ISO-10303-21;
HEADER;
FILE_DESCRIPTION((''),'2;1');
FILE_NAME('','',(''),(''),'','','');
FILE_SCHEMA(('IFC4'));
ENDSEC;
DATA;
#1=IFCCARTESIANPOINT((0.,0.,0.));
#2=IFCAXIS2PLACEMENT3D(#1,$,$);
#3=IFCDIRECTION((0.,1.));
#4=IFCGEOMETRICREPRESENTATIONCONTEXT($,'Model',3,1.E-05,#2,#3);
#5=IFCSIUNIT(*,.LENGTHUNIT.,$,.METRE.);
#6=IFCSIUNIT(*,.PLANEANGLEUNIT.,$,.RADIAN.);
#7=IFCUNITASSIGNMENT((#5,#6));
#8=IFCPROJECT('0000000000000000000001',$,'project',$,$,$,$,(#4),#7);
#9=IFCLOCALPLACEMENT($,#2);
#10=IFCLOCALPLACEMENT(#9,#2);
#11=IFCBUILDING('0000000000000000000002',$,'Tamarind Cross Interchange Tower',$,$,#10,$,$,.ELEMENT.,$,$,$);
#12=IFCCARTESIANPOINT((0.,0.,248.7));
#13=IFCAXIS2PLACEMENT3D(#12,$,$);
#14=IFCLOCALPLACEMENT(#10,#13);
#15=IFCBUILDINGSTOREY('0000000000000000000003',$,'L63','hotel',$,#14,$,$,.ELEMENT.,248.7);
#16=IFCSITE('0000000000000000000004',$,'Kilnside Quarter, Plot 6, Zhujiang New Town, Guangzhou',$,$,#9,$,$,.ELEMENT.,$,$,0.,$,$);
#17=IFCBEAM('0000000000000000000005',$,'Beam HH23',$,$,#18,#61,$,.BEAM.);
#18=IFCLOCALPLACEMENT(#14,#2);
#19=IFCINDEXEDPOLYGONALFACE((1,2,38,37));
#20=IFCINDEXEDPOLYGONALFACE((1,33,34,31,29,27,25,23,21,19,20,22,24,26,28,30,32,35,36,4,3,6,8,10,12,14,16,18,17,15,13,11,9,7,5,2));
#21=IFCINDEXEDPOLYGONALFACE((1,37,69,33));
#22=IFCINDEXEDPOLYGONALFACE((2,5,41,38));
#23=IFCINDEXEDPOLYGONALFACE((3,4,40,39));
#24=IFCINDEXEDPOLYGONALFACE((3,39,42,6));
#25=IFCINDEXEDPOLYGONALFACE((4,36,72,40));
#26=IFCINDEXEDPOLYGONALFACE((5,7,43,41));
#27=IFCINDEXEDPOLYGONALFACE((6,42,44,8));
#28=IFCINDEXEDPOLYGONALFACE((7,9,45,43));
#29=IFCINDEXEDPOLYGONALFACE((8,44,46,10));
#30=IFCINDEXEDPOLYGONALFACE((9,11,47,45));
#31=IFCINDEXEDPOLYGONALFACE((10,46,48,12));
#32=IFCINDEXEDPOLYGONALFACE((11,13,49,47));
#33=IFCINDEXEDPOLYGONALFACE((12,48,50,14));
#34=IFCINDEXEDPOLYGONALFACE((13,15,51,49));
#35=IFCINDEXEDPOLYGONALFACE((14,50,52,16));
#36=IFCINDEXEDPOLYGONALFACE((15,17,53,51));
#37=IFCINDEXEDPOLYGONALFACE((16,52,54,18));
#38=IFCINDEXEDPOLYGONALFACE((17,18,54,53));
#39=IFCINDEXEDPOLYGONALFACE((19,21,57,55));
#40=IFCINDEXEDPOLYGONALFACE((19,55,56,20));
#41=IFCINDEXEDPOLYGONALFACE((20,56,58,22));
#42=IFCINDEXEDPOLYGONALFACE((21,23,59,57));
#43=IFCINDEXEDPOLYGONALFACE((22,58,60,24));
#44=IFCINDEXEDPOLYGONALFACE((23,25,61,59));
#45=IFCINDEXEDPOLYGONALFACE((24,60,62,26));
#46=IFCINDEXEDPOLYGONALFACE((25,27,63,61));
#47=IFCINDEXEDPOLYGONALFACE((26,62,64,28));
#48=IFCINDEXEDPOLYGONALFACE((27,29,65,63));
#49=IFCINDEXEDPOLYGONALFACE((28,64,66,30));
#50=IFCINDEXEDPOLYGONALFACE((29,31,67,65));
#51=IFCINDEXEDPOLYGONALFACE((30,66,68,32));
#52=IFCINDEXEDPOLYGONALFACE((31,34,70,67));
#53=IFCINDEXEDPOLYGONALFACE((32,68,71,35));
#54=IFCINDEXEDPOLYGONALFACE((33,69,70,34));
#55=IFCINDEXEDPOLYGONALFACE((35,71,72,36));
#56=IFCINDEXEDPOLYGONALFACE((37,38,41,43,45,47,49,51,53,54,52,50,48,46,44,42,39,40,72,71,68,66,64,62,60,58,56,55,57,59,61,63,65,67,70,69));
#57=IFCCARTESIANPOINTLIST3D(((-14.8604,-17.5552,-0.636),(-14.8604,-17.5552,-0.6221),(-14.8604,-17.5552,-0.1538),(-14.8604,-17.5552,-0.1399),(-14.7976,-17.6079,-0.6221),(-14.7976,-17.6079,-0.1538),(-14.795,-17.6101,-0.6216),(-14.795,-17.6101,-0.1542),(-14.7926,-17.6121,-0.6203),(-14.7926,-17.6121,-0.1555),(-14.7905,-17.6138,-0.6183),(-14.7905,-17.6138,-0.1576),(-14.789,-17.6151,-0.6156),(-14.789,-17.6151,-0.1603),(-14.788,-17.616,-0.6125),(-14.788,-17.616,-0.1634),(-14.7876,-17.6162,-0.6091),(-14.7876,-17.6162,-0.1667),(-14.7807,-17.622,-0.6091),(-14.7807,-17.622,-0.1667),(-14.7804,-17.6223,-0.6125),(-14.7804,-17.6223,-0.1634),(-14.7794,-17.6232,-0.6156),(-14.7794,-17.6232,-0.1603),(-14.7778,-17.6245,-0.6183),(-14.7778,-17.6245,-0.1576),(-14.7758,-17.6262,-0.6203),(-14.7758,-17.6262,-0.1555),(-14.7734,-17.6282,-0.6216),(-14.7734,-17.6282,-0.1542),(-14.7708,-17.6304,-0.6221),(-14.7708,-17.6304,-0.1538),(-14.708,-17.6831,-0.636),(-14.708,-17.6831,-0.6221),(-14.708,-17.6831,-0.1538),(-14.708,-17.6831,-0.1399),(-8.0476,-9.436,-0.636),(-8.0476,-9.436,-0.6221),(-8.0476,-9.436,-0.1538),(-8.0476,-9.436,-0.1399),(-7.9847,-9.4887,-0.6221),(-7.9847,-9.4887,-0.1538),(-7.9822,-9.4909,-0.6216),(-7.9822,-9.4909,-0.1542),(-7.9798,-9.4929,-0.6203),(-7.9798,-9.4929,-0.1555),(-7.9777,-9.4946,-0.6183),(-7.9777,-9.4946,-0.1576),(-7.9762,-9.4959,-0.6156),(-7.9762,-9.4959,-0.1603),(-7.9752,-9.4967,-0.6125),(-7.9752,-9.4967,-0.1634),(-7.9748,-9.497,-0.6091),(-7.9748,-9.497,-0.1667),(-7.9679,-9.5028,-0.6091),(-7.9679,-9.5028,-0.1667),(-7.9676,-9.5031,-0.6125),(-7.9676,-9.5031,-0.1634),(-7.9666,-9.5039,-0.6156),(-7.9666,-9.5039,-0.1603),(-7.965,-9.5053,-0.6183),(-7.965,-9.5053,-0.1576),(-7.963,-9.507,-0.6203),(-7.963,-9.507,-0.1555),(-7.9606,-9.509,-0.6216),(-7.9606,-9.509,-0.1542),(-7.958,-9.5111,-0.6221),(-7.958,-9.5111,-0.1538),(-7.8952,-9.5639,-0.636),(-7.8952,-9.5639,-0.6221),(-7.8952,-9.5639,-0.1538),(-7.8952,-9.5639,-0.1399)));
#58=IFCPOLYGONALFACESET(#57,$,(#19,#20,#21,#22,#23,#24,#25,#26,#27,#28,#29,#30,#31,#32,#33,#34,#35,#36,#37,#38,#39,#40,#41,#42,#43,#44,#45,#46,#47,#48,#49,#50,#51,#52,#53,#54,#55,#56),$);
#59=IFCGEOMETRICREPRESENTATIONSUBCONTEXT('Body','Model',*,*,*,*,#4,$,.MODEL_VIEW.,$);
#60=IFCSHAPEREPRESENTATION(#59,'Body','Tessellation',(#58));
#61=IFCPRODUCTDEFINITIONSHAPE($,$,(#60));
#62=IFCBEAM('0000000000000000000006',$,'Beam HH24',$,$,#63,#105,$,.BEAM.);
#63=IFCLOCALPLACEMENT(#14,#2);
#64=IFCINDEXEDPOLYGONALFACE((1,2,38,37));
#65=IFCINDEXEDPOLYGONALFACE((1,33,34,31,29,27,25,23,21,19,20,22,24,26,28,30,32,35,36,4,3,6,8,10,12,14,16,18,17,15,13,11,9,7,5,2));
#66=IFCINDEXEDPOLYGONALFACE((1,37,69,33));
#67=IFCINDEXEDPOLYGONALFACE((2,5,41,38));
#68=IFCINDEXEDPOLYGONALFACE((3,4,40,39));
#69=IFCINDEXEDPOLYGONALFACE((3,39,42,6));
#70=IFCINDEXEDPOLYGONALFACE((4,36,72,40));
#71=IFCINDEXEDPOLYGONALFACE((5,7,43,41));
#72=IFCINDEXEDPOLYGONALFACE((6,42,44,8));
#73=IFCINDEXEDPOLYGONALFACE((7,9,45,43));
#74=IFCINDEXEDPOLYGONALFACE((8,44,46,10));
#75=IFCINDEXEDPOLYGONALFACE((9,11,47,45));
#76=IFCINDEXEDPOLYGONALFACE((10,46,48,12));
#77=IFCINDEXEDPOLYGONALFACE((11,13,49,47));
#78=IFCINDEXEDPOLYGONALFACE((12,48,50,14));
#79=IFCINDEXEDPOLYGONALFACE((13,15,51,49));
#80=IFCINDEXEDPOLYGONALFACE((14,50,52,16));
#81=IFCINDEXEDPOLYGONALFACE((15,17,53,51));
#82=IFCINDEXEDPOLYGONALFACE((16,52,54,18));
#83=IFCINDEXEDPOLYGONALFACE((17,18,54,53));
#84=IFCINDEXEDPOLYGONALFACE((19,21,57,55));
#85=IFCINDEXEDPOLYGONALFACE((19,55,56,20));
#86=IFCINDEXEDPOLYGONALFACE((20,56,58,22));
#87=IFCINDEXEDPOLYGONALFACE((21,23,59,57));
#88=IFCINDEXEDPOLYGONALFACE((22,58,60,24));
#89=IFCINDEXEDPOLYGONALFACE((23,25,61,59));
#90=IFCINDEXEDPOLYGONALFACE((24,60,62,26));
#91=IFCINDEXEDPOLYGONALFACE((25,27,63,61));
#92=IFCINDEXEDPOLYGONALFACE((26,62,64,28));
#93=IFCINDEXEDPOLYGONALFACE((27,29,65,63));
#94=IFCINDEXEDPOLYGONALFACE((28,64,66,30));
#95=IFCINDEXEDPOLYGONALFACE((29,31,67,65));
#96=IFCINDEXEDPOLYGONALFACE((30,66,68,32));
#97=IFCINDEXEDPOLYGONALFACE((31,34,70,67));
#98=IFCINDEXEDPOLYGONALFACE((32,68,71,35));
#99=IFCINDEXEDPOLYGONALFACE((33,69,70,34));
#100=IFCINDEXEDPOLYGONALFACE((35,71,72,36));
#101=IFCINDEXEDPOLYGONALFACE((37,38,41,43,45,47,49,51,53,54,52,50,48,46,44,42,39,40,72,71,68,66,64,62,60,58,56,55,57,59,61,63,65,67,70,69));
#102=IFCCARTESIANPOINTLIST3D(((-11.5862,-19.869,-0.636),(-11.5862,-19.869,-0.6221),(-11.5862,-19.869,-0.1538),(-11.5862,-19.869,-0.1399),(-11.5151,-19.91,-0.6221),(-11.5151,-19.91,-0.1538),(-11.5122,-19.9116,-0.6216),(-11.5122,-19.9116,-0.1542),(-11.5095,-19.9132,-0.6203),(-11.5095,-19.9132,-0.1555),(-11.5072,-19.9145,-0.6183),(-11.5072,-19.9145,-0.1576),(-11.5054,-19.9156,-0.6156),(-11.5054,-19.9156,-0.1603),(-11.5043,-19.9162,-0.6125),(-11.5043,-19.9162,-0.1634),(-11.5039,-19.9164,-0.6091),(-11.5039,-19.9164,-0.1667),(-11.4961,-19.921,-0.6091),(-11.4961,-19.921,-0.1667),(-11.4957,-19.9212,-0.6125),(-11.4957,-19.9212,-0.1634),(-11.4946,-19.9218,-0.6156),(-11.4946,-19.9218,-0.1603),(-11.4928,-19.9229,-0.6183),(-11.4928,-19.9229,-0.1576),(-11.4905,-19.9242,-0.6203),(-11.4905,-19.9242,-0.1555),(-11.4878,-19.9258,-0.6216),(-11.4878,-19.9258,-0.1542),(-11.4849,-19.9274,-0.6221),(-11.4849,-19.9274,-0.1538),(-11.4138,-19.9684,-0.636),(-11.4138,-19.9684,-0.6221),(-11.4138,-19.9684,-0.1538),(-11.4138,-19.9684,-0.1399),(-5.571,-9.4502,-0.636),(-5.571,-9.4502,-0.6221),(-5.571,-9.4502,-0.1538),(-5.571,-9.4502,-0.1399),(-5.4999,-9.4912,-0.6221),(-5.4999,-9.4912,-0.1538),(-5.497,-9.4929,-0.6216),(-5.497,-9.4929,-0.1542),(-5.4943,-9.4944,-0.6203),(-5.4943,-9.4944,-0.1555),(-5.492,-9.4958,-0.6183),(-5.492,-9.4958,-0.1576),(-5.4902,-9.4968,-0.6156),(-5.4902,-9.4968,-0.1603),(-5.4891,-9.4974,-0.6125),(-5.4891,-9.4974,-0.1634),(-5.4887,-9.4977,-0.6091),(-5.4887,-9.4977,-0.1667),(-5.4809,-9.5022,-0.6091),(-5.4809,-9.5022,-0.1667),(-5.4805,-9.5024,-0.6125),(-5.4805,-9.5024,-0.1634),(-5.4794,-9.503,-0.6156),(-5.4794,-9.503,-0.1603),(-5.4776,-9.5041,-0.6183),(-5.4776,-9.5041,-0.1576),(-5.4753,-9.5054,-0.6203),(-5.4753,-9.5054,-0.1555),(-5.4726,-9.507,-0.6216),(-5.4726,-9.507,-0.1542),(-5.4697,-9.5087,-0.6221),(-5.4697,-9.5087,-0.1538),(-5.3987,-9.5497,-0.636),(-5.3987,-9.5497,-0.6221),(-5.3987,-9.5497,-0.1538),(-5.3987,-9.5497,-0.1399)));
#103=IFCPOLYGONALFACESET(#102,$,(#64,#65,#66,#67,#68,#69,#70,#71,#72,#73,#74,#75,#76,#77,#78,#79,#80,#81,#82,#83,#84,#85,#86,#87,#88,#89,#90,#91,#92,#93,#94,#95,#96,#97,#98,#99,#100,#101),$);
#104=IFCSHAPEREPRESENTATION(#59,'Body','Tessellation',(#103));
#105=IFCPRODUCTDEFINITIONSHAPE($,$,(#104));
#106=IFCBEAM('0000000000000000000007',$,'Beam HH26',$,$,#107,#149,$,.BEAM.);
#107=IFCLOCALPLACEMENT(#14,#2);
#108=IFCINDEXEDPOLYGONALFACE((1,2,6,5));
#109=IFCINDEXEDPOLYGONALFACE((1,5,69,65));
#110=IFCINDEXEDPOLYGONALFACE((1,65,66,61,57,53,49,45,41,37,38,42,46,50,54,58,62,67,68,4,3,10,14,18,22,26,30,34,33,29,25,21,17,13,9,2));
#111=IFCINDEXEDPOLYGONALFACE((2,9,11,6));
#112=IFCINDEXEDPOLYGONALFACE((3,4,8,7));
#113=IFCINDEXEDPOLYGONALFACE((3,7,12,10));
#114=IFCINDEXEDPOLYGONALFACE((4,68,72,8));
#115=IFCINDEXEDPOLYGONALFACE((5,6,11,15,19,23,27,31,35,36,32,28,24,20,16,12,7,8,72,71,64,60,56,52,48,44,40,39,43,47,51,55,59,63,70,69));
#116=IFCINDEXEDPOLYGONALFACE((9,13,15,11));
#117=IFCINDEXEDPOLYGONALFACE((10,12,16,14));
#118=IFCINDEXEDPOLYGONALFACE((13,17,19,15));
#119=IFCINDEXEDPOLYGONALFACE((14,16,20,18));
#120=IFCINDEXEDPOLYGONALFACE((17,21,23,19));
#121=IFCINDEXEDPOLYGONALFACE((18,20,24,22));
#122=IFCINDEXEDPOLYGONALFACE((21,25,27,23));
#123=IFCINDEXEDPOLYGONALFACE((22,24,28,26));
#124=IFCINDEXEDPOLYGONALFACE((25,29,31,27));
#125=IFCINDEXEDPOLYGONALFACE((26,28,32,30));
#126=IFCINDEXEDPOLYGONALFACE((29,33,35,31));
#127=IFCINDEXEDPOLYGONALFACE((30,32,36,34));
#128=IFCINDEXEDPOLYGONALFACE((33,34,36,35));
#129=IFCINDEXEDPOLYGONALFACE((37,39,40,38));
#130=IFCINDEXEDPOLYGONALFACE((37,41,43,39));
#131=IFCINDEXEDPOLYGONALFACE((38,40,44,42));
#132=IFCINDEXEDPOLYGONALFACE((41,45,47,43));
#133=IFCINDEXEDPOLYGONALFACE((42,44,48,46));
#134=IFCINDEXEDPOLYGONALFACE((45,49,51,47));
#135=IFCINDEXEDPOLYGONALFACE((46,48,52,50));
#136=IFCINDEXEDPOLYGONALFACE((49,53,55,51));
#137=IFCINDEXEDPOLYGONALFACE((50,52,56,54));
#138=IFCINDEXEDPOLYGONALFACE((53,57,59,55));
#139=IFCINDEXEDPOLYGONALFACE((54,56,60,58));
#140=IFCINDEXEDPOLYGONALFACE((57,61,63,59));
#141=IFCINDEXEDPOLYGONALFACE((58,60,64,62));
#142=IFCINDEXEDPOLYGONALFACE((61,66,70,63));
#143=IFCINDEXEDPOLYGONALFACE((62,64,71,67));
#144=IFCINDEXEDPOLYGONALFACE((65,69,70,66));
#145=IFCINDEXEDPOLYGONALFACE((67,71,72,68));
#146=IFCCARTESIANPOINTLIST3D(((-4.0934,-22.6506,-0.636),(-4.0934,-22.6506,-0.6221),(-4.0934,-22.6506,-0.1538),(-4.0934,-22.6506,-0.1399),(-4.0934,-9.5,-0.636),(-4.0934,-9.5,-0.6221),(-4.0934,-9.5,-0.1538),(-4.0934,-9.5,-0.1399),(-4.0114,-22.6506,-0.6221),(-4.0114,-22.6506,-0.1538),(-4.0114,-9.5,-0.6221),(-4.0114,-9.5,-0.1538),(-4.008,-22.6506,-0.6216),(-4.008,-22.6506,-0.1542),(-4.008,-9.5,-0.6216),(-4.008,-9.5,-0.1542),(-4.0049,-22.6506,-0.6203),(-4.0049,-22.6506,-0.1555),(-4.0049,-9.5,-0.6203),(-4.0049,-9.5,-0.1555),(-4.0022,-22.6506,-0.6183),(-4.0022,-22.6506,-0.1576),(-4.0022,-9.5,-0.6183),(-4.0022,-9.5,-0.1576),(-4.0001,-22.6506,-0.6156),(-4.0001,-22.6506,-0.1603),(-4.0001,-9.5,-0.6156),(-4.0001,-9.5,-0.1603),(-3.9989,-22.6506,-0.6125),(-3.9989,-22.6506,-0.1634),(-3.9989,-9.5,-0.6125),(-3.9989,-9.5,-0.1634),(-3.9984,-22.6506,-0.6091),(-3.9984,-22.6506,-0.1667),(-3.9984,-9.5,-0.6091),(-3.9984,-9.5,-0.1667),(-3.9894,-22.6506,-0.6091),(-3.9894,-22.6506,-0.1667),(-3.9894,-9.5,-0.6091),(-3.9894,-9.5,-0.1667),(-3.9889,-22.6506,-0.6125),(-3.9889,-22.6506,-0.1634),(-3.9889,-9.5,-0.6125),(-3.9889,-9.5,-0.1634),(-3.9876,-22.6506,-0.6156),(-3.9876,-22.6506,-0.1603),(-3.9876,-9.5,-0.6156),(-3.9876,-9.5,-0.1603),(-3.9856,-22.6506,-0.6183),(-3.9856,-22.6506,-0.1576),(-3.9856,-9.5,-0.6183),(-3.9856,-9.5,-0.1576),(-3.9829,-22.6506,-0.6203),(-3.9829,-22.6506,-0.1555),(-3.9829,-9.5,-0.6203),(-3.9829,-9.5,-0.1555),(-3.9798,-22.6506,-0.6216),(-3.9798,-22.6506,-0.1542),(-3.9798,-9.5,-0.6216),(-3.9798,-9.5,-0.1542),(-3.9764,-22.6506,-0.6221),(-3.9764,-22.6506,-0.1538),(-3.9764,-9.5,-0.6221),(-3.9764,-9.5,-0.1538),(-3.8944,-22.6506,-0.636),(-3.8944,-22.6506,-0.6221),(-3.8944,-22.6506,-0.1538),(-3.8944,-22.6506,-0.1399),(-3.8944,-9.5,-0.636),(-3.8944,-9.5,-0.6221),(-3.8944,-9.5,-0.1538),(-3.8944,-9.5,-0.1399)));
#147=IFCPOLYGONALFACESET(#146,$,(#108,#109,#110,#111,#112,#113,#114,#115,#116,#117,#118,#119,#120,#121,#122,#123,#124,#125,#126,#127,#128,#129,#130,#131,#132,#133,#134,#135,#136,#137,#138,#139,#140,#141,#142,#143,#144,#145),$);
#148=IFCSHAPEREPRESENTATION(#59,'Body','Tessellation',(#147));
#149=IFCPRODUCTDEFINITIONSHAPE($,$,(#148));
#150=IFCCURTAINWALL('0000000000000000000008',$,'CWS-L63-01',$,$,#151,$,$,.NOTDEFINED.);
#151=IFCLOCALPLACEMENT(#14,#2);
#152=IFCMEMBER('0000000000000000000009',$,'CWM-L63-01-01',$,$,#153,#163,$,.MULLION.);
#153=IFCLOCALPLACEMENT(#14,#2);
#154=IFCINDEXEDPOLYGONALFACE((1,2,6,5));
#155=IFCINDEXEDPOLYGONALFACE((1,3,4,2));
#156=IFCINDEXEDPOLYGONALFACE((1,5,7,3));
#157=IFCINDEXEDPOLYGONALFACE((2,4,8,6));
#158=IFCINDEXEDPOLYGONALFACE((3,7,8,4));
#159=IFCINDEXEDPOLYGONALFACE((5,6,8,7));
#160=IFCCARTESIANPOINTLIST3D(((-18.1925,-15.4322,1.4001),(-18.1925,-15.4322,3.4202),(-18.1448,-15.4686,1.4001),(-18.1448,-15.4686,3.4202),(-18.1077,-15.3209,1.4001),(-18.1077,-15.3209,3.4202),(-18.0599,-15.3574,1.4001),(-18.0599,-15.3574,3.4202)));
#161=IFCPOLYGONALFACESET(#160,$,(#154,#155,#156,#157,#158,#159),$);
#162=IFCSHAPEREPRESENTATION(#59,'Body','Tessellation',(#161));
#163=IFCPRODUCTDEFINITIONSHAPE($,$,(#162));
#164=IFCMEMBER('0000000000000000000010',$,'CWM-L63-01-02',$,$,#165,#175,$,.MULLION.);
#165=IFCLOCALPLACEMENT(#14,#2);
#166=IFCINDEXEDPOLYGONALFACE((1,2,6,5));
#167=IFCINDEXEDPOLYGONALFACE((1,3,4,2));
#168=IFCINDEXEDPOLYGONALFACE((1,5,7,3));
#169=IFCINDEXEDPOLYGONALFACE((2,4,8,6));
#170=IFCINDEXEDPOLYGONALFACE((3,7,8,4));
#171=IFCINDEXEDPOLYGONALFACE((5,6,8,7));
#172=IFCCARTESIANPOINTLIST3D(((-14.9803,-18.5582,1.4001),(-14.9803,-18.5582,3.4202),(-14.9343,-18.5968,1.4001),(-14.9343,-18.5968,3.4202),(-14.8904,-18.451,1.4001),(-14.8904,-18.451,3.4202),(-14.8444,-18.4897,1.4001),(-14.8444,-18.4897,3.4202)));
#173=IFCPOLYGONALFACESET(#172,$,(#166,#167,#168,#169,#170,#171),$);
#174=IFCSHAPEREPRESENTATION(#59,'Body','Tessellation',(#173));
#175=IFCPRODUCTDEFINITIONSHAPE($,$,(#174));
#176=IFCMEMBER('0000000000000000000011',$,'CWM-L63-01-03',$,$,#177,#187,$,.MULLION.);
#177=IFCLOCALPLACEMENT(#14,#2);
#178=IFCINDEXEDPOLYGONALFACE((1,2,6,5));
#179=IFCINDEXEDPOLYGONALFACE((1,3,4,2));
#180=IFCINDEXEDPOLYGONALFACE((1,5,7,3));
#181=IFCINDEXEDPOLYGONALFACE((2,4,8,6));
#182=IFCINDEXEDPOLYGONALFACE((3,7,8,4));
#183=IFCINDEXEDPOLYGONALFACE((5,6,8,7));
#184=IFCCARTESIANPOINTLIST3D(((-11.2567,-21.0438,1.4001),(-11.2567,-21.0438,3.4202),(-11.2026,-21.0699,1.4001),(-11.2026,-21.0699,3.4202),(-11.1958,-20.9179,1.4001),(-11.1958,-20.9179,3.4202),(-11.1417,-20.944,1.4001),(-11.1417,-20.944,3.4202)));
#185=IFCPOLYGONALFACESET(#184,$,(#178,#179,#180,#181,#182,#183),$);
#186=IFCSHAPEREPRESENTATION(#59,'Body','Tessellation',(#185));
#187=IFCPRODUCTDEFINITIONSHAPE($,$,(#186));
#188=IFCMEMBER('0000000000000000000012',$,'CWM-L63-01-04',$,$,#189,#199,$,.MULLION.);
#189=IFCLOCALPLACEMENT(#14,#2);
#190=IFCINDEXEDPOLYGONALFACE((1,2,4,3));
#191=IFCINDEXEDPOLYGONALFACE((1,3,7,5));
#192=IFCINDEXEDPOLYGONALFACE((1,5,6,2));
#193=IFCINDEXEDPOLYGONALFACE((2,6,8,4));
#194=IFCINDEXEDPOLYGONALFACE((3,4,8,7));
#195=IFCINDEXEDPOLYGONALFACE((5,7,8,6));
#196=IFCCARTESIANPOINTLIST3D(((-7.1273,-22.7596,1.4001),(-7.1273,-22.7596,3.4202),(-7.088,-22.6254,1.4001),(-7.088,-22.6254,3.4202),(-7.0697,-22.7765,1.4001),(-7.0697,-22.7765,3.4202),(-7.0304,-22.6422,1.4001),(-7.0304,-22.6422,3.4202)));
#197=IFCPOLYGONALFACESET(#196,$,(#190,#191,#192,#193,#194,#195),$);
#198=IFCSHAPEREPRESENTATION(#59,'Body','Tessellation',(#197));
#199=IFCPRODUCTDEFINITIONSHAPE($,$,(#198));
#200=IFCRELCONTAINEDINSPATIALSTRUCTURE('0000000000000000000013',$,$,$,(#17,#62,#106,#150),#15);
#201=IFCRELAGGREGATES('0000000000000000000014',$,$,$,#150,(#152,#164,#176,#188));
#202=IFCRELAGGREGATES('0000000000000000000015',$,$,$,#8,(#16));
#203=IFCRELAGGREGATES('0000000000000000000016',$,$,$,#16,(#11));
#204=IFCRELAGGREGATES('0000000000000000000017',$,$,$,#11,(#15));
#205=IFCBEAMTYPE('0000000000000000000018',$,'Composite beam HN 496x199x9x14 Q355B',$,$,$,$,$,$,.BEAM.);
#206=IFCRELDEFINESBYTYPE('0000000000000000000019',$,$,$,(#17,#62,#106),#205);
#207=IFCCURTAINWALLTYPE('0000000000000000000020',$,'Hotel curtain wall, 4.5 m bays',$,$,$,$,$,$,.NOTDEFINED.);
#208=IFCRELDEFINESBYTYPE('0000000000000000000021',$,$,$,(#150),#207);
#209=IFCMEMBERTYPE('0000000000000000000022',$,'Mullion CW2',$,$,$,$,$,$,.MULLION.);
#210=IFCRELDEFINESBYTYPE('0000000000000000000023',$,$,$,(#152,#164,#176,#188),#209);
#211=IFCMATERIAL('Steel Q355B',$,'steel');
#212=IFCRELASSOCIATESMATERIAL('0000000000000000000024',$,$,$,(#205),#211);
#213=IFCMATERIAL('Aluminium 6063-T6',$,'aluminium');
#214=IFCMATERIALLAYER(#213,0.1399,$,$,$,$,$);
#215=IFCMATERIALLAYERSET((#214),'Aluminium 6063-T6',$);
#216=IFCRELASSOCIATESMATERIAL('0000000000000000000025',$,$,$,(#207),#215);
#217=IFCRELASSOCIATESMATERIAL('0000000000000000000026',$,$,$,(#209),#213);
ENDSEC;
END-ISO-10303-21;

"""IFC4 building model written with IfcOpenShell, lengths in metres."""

from ifc_helpers import new_model, si_unit, direction, frame, origin, origin_2d, place, context, subcontext, project, spatial, rectangle, i_section, extrude, material, layer, layer_set, material_profile, profile_set, type_object, element, aggregate, save


model = new_model("IFC4")

# Units and contexts
model_context = context("Model", 3, precision=1e-05, world=origin(), true_north=direction((0.0, 1.0)))
body_context = subcontext(model_context, "Body", "Model", "MODEL_VIEW")
ifc_project = project(units=[si_unit("LENGTHUNIT", "METRE"), si_unit("PLANEANGLEUNIT", "RADIAN")], contexts=[model_context])

# Site, building, storey
site_placement = place(None, origin())
site = spatial("IfcSite", under=ifc_project, at=site_placement, Name="Kilnside Quarter, Plot 6, Zhujiang New Town, Guangzhou", CompositionType="ELEMENT", RefElevation=0.0)
building_placement = place(site_placement, origin())
building = spatial("IfcBuilding", under=site, at=building_placement, Name="Tamarind Cross Interchange Tower", CompositionType="ELEMENT")
storey_placement = place(building_placement, frame((0.0, 0.0, 248.7)))
storey = spatial("IfcBuildingStorey", under=building, at=storey_placement, Name="L63", Description="hotel", CompositionType="ELEMENT", Elevation=248.7)

# Beams
ifc_material_1 = material(Name="Steel Q355B", Category="steel")
ifc_material_profile_1 = material_profile(ifc_material_1, i_section(OverallWidth=0.199, OverallDepth=0.4961, WebThickness=0.009, FlangeThickness=0.0139, FilletRadius=0.0129, at=origin_2d()), Name="HN 496x199x9x14")
ifc_profile_set_1 = profile_set([ifc_material_profile_1], Name="Steel Q355B")
beam_type = type_object("IfcBeamType", Name="Composite beam HN 496x199x9x14 Q355B", PredefinedType="BEAM", material=ifc_profile_set_1)
beam_1_placement = place(storey_placement, frame((-14.7842, -17.6191, -0.3879), z_axis=(0.642786, 0.766046, 0.0), x_axis=(-0.766046, 0.642786, 0.0)))
element("IfcBeam", 1, at=beam_1_placement, inside=storey, type_object=beam_type, Name="Beam HH23", PredefinedType="BEAM", context=body_context, shape_type="SweptSolid", body=[
    extrude(i_section(OverallWidth=0.199, OverallDepth=0.4961, WebThickness=0.009, FlangeThickness=0.0139, FilletRadius=0.0129, at=origin_2d()), origin(), (0.0, 0.0, 1.0), 10.5989),
])
beam_2_placement = place(storey_placement, frame((-11.5, -19.9187, -0.3879), z_axis=(0.499994, 0.866029, 0.0), x_axis=(-0.866029, 0.499994, 0.0)))
element("IfcBeam", 2, at=beam_2_placement, inside=storey, type_object=beam_type, Name="Beam HH24", PredefinedType="BEAM", context=body_context, shape_type="SweptSolid", body=[
    extrude(i_section(OverallWidth=0.199, OverallDepth=0.4961, WebThickness=0.009, FlangeThickness=0.0139, FilletRadius=0.0129, at=origin_2d()), origin(), (0.0, 0.0, 1.0), 12.0305),
])
beam_3_placement = place(storey_placement, frame((-3.9939, -22.6506, -0.3879), z_axis=(0.0, 1.0, 0.0), x_axis=(-1.0, 0.0, 0.0)))
element("IfcBeam", 3, at=beam_3_placement, inside=storey, type_object=beam_type, Name="Beam HH26", PredefinedType="BEAM", context=body_context, shape_type="SweptSolid", body=[
    extrude(i_section(OverallWidth=0.199, OverallDepth=0.4961, WebThickness=0.009, FlangeThickness=0.0139, FilletRadius=0.0129, at=origin_2d()), origin(), (0.0, 0.0, 1.0), 13.1506),
])

# Curtain wall, members
ifc_material_2 = material(Name="Aluminium 6063-T6", Category="aluminium")
ifc_layer_1 = layer(ifc_material_2, 0.1399)
ifc_layer_set_1 = layer_set([ifc_layer_1], Name="Aluminium 6063-T6")
curtain_wall_type = type_object("IfcCurtainWallType", Name="Hotel curtain wall, 4.5 m bays", PredefinedType="NOTDEFINED", material=ifc_layer_set_1)
curtain_wall_placement = place(storey_placement, origin())
curtain_wall = element("IfcCurtainWall", 4, at=curtain_wall_placement, inside=storey, type_object=curtain_wall_type, Name="CWS-L63-01", PredefinedType="NOTDEFINED")
ifc_material_profile_2 = material_profile(ifc_material_2, rectangle(XDim=0.0601, YDim=0.1399, at=origin_2d()), Name="Mullion CW2")
ifc_profile_set_2 = profile_set([ifc_material_profile_2], Name="Aluminium 6063-T6")
member_type = type_object("IfcMemberType", Name="Mullion CW2", PredefinedType="MULLION", material=ifc_profile_set_2)
member_1_placement = place(storey_placement, frame((-18.1262, -15.3948, 1.4001), z_axis=(0.0, 0.0, 1.0), x_axis=(0.795219, -0.606322, 0.0)))
member_1 = element("IfcMember", 5, at=member_1_placement, type_object=member_type, Name="CWM-L63-01-01", PredefinedType="MULLION", context=body_context, shape_type="SweptSolid", body=[
    extrude(rectangle(XDim=0.0601, YDim=0.1399, at=origin_2d()), origin(), (0.0, 0.0, 1.0), 2.02),
])
member_2_placement = place(storey_placement, frame((-14.9124, -18.5239, 1.4001), z_axis=(0.0, 0.0, 1.0), x_axis=(0.765858, -0.643009, 0.0)))
member_2 = element("IfcMember", 6, at=member_2_placement, type_object=member_type, Name="CWM-L63-01-02", PredefinedType="MULLION", context=body_context, shape_type="SweptSolid", body=[
    extrude(rectangle(XDim=0.0601, YDim=0.1399, at=origin_2d()), origin(), (0.0, 0.0, 1.0), 2.02),
])
member_3_placement = place(storey_placement, frame((-11.1992, -20.9939, 1.4001), z_axis=(0.0, 0.0, 1.0), x_axis=(0.900273, -0.435326, 0.0)))
member_3 = element("IfcMember", 7, at=member_3_placement, type_object=member_type, Name="CWM-L63-01-03", PredefinedType="MULLION", context=body_context, shape_type="SweptSolid", body=[
    extrude(rectangle(XDim=0.0601, YDim=0.1399, at=origin_2d()), origin(), (0.0, 0.0, 1.0), 2.02),
])
member_4_placement = place(storey_placement, frame((-7.0789, -22.7009, 1.4001), z_axis=(0.0, 0.0, 1.0), x_axis=(0.959647, -0.281209, 0.0)))
member_4 = element("IfcMember", 8, at=member_4_placement, type_object=member_type, Name="CWM-L63-01-04", PredefinedType="MULLION", context=body_context, shape_type="SweptSolid", body=[
    extrude(rectangle(XDim=0.0601, YDim=0.1399, at=origin_2d()), origin(), (0.0, 0.0, 1.0), 2.02),
])
aggregate(curtain_wall, [member_1, member_2, member_3, member_4])

save(model, "model.ifc")
